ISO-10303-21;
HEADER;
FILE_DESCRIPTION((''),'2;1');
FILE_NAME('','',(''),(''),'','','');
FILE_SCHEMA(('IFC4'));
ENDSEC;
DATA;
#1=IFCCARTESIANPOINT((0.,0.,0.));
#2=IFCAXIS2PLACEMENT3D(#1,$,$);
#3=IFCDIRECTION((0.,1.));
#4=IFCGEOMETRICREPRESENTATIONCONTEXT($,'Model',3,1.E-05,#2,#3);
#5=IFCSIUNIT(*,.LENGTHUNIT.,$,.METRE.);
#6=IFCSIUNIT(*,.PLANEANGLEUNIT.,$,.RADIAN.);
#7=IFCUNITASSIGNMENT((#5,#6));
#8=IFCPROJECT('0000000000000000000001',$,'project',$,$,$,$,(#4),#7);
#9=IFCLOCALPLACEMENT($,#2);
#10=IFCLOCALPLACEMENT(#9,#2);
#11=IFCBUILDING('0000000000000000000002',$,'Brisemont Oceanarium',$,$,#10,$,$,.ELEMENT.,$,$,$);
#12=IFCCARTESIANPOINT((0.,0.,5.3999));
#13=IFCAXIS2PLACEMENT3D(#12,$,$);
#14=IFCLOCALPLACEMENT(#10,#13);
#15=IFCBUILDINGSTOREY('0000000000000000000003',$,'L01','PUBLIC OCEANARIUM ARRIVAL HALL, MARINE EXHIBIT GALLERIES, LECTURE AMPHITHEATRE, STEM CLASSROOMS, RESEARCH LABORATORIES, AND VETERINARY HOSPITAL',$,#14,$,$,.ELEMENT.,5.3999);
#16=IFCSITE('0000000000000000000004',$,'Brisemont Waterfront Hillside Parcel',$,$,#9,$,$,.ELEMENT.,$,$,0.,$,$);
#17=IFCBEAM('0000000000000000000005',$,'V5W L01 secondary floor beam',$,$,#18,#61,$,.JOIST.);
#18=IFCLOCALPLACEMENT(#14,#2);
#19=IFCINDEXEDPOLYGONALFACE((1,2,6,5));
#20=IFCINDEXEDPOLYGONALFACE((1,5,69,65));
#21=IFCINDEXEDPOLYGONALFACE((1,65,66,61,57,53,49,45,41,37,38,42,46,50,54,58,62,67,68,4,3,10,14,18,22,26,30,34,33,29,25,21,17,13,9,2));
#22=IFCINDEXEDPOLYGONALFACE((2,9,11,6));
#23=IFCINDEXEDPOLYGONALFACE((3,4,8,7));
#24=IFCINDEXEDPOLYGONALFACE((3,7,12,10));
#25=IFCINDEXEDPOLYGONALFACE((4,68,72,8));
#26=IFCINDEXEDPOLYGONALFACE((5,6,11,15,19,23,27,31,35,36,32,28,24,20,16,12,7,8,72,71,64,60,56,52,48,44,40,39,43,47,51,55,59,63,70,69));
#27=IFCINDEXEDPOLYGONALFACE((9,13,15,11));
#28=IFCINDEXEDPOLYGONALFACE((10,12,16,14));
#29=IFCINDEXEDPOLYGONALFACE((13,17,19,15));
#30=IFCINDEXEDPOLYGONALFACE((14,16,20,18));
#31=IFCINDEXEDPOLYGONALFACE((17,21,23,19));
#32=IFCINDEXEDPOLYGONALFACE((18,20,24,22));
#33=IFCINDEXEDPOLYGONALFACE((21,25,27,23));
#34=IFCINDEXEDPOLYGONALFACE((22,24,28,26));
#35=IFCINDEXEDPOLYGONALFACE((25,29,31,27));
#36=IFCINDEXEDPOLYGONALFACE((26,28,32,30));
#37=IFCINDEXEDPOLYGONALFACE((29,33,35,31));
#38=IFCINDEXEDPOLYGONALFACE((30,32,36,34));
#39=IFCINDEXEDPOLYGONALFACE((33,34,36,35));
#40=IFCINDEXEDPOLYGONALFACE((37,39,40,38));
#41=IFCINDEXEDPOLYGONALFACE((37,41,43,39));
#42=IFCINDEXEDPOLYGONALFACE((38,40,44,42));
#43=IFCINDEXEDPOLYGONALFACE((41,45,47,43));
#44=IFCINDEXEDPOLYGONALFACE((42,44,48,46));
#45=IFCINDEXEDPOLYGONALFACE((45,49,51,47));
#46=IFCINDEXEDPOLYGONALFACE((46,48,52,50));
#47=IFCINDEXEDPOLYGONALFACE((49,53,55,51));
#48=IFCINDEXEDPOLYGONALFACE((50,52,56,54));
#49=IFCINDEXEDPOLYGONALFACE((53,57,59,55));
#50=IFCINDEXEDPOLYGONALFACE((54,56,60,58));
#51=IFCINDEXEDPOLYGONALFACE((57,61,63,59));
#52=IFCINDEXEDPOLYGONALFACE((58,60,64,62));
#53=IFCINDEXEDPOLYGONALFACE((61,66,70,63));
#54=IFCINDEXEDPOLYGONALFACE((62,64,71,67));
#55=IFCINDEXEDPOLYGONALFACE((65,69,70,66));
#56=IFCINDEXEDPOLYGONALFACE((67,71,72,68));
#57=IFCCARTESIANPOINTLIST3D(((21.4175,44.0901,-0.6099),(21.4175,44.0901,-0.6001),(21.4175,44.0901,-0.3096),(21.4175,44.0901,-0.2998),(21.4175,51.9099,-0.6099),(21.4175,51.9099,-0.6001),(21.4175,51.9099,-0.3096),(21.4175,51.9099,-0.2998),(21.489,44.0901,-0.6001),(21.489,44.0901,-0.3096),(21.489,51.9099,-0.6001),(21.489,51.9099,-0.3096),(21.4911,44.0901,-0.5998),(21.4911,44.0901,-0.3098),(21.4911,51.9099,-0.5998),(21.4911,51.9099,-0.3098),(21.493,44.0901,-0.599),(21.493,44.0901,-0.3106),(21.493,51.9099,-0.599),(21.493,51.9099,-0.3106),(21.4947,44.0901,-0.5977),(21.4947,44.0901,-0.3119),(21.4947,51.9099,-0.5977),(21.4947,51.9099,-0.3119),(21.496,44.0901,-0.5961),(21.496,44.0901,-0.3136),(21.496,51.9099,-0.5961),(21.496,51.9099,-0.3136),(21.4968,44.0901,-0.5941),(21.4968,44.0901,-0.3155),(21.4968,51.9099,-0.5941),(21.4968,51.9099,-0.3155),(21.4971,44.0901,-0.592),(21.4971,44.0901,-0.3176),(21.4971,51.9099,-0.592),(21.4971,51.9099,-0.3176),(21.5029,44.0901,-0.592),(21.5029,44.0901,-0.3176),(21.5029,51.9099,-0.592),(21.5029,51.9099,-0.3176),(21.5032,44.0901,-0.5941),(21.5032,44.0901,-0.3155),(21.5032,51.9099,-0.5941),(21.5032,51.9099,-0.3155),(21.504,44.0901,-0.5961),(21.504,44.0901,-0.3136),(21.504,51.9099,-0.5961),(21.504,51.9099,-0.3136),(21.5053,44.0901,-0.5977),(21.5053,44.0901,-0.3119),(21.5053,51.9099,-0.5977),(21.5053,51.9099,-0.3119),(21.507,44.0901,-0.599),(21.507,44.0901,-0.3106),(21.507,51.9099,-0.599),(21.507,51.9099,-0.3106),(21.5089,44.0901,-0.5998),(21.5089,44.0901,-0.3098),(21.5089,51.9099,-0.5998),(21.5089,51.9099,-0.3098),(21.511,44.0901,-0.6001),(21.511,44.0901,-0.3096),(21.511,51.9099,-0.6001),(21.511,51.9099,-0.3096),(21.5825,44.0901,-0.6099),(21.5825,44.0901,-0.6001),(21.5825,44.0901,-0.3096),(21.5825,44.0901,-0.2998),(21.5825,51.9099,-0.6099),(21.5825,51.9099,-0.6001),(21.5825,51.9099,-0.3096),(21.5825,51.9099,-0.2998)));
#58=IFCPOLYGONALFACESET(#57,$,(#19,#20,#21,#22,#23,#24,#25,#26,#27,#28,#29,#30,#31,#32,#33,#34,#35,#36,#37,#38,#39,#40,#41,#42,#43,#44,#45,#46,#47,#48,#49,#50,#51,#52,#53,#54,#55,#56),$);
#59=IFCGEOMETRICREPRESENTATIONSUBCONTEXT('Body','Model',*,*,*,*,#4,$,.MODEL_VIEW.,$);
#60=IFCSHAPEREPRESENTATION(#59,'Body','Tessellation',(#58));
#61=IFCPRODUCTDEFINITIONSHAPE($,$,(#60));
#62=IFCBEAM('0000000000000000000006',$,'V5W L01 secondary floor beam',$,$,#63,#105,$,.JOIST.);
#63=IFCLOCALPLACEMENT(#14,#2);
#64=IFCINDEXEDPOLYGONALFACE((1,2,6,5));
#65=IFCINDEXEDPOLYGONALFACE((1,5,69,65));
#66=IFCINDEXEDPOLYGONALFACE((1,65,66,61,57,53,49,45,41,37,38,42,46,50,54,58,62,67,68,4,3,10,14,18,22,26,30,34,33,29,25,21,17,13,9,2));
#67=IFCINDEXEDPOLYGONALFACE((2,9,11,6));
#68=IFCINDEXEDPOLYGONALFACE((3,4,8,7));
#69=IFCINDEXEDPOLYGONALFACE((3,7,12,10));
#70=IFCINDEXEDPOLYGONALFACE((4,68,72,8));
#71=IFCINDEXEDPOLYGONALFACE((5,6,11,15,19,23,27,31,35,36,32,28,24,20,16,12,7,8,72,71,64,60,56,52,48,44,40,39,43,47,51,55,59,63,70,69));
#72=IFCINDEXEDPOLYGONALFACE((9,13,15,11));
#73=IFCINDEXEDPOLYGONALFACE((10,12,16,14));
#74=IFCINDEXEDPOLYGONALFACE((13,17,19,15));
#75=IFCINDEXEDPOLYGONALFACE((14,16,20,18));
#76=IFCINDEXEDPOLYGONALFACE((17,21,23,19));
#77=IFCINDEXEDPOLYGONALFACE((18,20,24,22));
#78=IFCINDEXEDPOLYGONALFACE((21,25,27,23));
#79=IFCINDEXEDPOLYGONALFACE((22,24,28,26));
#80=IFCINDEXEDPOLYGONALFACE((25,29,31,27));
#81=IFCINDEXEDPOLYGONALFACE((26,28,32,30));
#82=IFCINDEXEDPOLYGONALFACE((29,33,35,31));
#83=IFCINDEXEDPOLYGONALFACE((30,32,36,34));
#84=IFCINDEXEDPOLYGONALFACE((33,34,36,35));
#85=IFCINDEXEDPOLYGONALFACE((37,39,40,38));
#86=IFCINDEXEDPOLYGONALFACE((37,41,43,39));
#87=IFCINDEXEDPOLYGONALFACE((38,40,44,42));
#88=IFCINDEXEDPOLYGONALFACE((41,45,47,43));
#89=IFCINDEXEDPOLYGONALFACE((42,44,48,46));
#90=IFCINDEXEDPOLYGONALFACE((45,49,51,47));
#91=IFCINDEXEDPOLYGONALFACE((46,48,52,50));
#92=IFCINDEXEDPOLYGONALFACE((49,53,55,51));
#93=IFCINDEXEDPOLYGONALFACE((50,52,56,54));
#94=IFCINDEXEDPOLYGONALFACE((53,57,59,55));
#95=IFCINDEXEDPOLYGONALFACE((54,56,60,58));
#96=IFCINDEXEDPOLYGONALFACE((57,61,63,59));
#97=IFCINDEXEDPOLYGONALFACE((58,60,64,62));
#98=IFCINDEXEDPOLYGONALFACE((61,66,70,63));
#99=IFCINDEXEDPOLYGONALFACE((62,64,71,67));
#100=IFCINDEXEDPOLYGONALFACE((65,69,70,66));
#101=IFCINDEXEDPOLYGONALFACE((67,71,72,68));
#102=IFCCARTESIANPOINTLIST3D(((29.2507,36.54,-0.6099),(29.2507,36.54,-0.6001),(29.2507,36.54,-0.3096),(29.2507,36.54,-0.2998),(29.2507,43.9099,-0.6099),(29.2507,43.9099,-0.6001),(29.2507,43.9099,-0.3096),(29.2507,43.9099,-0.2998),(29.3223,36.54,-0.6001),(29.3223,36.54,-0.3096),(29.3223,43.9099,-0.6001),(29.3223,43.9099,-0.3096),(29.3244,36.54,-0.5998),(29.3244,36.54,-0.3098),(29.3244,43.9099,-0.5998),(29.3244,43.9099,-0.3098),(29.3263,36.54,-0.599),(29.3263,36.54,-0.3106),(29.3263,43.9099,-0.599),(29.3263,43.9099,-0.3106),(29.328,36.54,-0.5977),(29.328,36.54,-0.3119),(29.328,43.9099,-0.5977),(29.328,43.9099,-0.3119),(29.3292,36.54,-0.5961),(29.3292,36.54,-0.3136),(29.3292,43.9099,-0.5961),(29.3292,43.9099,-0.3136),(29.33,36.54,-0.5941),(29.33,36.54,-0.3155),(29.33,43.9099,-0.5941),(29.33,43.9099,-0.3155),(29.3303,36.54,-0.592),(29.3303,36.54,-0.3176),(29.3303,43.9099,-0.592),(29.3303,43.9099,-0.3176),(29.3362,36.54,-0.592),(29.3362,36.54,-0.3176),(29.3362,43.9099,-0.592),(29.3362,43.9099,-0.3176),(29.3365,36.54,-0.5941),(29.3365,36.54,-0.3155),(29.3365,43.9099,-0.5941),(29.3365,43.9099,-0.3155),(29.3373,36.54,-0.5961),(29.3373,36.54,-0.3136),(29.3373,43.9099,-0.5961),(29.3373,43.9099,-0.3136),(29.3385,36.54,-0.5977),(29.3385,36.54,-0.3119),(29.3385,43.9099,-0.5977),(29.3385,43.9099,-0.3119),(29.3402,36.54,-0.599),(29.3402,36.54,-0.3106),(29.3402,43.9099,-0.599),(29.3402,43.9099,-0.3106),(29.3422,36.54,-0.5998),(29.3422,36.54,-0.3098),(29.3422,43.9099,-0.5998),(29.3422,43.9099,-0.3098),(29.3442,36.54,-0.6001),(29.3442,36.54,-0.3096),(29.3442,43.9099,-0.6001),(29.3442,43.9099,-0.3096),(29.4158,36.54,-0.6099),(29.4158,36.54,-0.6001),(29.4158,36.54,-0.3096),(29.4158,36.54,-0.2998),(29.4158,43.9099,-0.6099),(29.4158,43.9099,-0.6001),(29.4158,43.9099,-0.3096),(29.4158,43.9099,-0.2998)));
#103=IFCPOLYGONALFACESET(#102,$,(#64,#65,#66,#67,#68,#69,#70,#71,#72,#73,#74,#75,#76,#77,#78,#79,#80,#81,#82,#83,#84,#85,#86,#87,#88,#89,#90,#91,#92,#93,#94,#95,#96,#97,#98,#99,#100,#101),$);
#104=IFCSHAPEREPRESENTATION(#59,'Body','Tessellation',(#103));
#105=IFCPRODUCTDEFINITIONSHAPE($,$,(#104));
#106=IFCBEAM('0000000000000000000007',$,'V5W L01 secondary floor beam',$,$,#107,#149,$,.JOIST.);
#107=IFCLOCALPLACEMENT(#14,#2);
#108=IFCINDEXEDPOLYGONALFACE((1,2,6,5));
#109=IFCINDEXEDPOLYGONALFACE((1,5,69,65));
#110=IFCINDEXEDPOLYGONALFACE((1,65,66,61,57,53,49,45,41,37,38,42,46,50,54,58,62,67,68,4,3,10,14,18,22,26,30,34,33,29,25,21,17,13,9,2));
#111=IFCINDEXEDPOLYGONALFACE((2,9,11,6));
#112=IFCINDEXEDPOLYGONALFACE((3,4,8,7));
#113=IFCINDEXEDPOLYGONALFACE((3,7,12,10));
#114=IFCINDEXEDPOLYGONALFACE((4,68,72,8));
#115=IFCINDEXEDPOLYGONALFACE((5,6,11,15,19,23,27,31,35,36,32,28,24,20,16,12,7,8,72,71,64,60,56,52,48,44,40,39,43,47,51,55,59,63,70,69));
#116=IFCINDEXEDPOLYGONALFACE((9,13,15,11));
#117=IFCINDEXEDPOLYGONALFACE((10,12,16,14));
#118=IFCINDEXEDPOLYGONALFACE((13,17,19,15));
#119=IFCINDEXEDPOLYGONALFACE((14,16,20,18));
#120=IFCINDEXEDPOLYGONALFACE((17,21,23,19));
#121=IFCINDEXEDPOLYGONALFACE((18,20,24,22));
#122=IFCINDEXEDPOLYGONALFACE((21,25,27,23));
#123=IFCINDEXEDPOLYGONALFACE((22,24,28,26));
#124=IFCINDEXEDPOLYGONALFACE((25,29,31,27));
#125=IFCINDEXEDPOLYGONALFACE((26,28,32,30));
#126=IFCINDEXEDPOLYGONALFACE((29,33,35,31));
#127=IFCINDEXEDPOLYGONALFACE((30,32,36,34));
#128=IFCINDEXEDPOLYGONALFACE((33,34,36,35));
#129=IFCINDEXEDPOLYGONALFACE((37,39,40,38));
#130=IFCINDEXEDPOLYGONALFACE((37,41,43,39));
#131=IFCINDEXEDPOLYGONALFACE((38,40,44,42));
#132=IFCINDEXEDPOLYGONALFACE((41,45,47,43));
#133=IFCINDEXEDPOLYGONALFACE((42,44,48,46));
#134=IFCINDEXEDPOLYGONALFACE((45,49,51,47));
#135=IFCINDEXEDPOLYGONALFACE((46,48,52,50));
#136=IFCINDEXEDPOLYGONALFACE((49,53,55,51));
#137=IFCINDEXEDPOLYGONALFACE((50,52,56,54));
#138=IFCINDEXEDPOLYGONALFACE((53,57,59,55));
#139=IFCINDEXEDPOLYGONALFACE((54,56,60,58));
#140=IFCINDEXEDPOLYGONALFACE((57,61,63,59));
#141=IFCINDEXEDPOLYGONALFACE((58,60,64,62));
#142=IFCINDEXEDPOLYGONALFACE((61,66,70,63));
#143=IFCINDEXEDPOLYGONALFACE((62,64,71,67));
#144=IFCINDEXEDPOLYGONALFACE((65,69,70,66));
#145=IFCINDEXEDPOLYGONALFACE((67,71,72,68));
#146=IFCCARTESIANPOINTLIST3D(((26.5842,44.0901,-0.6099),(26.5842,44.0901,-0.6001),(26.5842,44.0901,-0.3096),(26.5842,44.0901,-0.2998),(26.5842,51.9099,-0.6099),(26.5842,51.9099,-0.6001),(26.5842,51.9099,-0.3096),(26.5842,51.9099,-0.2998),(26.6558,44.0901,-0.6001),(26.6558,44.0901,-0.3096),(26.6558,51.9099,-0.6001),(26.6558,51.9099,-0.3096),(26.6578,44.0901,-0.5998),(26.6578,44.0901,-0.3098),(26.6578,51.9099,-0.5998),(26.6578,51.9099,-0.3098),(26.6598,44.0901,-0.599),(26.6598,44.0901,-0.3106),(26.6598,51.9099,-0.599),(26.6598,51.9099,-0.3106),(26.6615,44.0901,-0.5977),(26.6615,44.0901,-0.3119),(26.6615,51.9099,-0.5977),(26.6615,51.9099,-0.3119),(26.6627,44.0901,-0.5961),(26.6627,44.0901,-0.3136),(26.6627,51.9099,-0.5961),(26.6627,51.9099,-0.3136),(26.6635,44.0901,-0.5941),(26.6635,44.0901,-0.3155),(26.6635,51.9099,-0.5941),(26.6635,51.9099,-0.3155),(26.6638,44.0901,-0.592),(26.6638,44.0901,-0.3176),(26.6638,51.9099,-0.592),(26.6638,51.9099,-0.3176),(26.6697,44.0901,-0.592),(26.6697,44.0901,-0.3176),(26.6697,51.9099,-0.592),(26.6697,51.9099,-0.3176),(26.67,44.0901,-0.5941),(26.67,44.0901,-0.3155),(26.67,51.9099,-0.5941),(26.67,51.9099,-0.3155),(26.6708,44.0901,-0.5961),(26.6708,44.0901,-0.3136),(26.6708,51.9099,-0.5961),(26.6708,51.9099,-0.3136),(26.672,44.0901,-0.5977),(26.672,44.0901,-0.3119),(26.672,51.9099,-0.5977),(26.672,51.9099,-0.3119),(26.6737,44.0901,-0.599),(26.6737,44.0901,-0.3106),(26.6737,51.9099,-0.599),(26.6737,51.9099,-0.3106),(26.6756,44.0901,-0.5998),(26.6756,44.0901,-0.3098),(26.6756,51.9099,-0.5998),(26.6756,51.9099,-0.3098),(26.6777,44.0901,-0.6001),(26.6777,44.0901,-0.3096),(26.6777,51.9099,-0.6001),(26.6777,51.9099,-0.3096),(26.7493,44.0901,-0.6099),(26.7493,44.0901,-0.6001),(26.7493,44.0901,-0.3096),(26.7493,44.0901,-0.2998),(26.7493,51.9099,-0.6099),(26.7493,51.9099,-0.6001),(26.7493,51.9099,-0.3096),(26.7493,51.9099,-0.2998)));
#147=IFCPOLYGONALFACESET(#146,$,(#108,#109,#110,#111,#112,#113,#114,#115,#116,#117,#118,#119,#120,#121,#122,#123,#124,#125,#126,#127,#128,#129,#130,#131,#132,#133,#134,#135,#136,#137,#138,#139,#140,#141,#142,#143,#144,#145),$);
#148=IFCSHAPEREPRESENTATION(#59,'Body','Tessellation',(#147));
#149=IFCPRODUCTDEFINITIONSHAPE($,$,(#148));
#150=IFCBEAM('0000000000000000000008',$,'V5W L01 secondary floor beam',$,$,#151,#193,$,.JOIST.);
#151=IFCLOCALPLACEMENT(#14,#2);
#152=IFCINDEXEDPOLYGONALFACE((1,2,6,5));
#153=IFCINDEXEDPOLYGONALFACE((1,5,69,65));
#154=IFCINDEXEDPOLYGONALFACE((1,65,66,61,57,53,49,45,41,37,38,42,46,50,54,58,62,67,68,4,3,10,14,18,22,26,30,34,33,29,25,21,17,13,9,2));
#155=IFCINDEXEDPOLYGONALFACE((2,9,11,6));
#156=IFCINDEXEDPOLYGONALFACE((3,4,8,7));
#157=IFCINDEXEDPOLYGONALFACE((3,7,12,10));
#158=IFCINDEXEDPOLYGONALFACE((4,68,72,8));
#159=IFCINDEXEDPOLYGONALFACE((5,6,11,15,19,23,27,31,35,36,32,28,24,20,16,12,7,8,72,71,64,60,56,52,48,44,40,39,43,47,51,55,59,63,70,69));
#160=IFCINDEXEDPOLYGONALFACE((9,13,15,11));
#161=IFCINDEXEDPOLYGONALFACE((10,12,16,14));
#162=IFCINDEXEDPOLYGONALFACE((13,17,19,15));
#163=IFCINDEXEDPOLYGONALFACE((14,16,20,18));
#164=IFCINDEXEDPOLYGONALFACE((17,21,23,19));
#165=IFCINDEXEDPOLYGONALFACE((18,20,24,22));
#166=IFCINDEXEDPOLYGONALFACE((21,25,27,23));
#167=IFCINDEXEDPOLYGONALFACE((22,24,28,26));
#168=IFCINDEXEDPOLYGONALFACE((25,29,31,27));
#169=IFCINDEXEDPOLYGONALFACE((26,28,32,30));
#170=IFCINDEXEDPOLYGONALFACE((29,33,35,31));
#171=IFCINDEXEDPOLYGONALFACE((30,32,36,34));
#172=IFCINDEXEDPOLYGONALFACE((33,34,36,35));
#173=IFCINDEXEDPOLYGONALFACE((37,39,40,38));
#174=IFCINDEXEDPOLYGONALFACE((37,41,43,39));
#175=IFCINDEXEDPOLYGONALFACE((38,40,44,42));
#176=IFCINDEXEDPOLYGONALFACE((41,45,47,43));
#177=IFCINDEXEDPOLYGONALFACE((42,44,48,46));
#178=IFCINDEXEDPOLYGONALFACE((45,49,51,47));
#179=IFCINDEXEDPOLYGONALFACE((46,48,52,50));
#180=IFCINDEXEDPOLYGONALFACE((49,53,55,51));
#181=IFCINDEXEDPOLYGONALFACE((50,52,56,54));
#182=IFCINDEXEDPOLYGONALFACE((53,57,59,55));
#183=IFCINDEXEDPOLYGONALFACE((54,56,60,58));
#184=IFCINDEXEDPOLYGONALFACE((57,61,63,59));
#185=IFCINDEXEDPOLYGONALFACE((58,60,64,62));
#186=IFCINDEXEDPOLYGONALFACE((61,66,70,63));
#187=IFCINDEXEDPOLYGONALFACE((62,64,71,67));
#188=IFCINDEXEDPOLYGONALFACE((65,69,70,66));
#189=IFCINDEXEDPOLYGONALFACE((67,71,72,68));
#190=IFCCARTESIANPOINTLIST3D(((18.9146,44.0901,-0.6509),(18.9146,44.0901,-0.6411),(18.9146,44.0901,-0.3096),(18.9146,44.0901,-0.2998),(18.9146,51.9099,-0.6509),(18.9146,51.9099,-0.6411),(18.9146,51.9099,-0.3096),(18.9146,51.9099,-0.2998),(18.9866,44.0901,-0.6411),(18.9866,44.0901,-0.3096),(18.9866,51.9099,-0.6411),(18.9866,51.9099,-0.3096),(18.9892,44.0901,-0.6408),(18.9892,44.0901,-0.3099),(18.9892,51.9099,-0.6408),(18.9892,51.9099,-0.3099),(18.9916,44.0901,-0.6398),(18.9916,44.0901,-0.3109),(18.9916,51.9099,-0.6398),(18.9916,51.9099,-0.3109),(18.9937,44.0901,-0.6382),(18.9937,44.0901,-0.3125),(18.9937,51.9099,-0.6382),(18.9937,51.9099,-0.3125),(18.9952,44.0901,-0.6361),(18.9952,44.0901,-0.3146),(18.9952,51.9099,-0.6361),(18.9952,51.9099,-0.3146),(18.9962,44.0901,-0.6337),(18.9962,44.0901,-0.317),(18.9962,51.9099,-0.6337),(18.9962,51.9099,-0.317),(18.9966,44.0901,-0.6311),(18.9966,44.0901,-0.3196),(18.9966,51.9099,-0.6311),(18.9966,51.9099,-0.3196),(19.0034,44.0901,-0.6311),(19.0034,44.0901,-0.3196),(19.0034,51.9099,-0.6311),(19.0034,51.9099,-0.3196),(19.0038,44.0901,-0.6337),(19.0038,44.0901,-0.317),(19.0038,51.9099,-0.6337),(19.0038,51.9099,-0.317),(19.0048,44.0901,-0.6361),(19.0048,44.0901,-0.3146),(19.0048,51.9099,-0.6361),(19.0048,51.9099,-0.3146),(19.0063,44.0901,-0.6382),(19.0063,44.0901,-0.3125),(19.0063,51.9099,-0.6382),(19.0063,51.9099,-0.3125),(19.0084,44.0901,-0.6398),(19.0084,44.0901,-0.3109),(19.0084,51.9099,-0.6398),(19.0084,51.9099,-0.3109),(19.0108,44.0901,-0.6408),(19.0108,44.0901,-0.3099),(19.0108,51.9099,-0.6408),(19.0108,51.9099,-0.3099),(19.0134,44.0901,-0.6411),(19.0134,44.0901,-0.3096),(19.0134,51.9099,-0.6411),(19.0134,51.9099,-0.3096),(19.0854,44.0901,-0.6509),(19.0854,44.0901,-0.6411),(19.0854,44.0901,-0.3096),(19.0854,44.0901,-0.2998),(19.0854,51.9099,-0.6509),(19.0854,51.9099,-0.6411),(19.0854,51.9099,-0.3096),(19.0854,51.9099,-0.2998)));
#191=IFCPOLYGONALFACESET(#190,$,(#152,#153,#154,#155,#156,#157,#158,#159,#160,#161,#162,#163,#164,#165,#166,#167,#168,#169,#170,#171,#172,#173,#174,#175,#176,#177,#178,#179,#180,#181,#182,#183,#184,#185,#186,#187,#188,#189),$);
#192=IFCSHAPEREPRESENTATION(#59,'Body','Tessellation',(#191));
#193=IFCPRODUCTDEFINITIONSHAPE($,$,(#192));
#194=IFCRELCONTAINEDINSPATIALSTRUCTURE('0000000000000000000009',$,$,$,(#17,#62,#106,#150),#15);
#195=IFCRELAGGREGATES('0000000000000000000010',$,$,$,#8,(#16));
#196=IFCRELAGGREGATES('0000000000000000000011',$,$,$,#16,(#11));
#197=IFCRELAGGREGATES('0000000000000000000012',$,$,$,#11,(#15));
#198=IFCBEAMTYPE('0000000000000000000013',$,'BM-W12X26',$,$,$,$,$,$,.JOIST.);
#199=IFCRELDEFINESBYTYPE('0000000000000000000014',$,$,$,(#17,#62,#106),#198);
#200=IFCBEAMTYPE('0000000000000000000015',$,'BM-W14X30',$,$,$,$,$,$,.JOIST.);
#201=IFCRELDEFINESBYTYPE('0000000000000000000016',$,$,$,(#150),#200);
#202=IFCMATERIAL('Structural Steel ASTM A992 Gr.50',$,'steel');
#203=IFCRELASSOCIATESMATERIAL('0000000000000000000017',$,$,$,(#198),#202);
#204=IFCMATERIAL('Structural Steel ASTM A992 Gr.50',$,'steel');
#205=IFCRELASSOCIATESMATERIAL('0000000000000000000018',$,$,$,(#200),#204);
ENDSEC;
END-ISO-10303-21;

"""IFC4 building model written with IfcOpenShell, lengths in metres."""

from ifc_helpers import new_model, si_unit, direction, frame, origin, origin_2d, place, context, subcontext, project, spatial, i_section, extrude, material, material_profile, profile_set, type_object, element, save


model = new_model("IFC4")

# Units and contexts
model_context = context("Model", 3, precision=1e-05, world=origin(), true_north=direction((0.0, 1.0)))
body_context = subcontext(model_context, "Body", "Model", "MODEL_VIEW")
ifc_project = project(units=[si_unit("LENGTHUNIT", "METRE"), si_unit("PLANEANGLEUNIT", "RADIAN")], contexts=[model_context])

# Site, building, storey
site_placement = place(None, origin())
site = spatial("IfcSite", under=ifc_project, at=site_placement, Name="Brisemont Waterfront Hillside Parcel", CompositionType="ELEMENT", RefElevation=0.0)
building_placement = place(site_placement, origin())
building = spatial("IfcBuilding", under=site, at=building_placement, Name="Brisemont Oceanarium", CompositionType="ELEMENT")
storey_placement = place(building_placement, frame((0.0, 0.0, 5.3999)))
storey = spatial("IfcBuildingStorey", under=building, at=storey_placement, Name="L01", Description="PUBLIC OCEANARIUM ARRIVAL HALL, MARINE EXHIBIT GALLERIES, LECTURE AMPHITHEATRE, STEM CLASSROOMS, RESEARCH LABORATORIES, AND VETERINARY HOSPITAL", CompositionType="ELEMENT", Elevation=5.3999)

# Beams
ifc_material_1 = material(Name="Structural Steel ASTM A992 Gr.50", Category="steel")
ifc_material_profile_1 = material_profile(ifc_material_1, i_section(OverallWidth=0.165, OverallDepth=0.3101, WebThickness=0.0059, FlangeThickness=0.0098, FilletRadius=0.0081, at=origin_2d()), Name="W12X26")
ifc_profile_set_1 = profile_set([ifc_material_profile_1], Name="Structural Steel ASTM A992 Gr.50")
beam_type_1 = type_object("IfcBeamType", Name="BM-W12X26", PredefinedType="JOIST", material=ifc_profile_set_1)
beam_1_placement = place(storey_placement, frame((21.5, 44.0901, -0.4548), z_axis=(0.0, 1.0, 0.0), x_axis=(-1.0, 0.0, 0.0)))
element("IfcBeam", 1, at=beam_1_placement, inside=storey, type_object=beam_type_1, Name="V5W L01 secondary floor beam", PredefinedType="JOIST", context=body_context, shape_type="SweptSolid", body=[
    extrude(i_section(OverallWidth=0.165, OverallDepth=0.3101, WebThickness=0.0059, FlangeThickness=0.0098, FilletRadius=0.0081, at=origin_2d()), origin(), (0.0, 0.0, 1.0), 7.8198),
])
beam_2_placement = place(storey_placement, frame((29.3333, 36.54, -0.4548), z_axis=(0.0, 1.0, 0.0), x_axis=(-1.0, 0.0, 0.0)))
element("IfcBeam", 2, at=beam_2_placement, inside=storey, type_object=beam_type_1, Name="V5W L01 secondary floor beam", PredefinedType="JOIST", context=body_context, shape_type="SweptSolid", body=[
    extrude(i_section(OverallWidth=0.165, OverallDepth=0.3101, WebThickness=0.0059, FlangeThickness=0.0098, FilletRadius=0.0081, at=origin_2d()), origin(), (0.0, 0.0, 1.0), 7.3699),
])
beam_3_placement = place(storey_placement, frame((26.6667, 44.0901, -0.4548), z_axis=(0.0, 1.0, 0.0), x_axis=(-1.0, 0.0, 0.0)))
element("IfcBeam", 3, at=beam_3_placement, inside=storey, type_object=beam_type_1, Name="V5W L01 secondary floor beam", PredefinedType="JOIST", context=body_context, shape_type="SweptSolid", body=[
    extrude(i_section(OverallWidth=0.165, OverallDepth=0.3101, WebThickness=0.0059, FlangeThickness=0.0098, FilletRadius=0.0081, at=origin_2d()), origin(), (0.0, 0.0, 1.0), 7.8198),
])
ifc_material_2 = material(Name="Structural Steel ASTM A992 Gr.50", Category="steel")
ifc_material_profile_2 = material_profile(ifc_material_2, i_section(OverallWidth=0.1709, OverallDepth=0.3511, WebThickness=0.0068, FlangeThickness=0.0098, FilletRadius=0.01, at=origin_2d()), Name="W14X30")
ifc_profile_set_2 = profile_set([ifc_material_profile_2], Name="Structural Steel ASTM A992 Gr.50")
beam_type_2 = type_object("IfcBeamType", Name="BM-W14X30", PredefinedType="JOIST", material=ifc_profile_set_2)
beam_4_placement = place(storey_placement, frame((19.0, 44.0901, -0.4753), z_axis=(0.0, 1.0, 0.0), x_axis=(-1.0, 0.0, 0.0)))
element("IfcBeam", 4, at=beam_4_placement, inside=storey, type_object=beam_type_2, Name="V5W L01 secondary floor beam", PredefinedType="JOIST", context=body_context, shape_type="SweptSolid", body=[
    extrude(i_section(OverallWidth=0.1709, OverallDepth=0.3511, WebThickness=0.0068, FlangeThickness=0.0098, FilletRadius=0.01, at=origin_2d()), origin(), (0.0, 0.0, 1.0), 7.8198),
])

save(model, "model.ifc")
